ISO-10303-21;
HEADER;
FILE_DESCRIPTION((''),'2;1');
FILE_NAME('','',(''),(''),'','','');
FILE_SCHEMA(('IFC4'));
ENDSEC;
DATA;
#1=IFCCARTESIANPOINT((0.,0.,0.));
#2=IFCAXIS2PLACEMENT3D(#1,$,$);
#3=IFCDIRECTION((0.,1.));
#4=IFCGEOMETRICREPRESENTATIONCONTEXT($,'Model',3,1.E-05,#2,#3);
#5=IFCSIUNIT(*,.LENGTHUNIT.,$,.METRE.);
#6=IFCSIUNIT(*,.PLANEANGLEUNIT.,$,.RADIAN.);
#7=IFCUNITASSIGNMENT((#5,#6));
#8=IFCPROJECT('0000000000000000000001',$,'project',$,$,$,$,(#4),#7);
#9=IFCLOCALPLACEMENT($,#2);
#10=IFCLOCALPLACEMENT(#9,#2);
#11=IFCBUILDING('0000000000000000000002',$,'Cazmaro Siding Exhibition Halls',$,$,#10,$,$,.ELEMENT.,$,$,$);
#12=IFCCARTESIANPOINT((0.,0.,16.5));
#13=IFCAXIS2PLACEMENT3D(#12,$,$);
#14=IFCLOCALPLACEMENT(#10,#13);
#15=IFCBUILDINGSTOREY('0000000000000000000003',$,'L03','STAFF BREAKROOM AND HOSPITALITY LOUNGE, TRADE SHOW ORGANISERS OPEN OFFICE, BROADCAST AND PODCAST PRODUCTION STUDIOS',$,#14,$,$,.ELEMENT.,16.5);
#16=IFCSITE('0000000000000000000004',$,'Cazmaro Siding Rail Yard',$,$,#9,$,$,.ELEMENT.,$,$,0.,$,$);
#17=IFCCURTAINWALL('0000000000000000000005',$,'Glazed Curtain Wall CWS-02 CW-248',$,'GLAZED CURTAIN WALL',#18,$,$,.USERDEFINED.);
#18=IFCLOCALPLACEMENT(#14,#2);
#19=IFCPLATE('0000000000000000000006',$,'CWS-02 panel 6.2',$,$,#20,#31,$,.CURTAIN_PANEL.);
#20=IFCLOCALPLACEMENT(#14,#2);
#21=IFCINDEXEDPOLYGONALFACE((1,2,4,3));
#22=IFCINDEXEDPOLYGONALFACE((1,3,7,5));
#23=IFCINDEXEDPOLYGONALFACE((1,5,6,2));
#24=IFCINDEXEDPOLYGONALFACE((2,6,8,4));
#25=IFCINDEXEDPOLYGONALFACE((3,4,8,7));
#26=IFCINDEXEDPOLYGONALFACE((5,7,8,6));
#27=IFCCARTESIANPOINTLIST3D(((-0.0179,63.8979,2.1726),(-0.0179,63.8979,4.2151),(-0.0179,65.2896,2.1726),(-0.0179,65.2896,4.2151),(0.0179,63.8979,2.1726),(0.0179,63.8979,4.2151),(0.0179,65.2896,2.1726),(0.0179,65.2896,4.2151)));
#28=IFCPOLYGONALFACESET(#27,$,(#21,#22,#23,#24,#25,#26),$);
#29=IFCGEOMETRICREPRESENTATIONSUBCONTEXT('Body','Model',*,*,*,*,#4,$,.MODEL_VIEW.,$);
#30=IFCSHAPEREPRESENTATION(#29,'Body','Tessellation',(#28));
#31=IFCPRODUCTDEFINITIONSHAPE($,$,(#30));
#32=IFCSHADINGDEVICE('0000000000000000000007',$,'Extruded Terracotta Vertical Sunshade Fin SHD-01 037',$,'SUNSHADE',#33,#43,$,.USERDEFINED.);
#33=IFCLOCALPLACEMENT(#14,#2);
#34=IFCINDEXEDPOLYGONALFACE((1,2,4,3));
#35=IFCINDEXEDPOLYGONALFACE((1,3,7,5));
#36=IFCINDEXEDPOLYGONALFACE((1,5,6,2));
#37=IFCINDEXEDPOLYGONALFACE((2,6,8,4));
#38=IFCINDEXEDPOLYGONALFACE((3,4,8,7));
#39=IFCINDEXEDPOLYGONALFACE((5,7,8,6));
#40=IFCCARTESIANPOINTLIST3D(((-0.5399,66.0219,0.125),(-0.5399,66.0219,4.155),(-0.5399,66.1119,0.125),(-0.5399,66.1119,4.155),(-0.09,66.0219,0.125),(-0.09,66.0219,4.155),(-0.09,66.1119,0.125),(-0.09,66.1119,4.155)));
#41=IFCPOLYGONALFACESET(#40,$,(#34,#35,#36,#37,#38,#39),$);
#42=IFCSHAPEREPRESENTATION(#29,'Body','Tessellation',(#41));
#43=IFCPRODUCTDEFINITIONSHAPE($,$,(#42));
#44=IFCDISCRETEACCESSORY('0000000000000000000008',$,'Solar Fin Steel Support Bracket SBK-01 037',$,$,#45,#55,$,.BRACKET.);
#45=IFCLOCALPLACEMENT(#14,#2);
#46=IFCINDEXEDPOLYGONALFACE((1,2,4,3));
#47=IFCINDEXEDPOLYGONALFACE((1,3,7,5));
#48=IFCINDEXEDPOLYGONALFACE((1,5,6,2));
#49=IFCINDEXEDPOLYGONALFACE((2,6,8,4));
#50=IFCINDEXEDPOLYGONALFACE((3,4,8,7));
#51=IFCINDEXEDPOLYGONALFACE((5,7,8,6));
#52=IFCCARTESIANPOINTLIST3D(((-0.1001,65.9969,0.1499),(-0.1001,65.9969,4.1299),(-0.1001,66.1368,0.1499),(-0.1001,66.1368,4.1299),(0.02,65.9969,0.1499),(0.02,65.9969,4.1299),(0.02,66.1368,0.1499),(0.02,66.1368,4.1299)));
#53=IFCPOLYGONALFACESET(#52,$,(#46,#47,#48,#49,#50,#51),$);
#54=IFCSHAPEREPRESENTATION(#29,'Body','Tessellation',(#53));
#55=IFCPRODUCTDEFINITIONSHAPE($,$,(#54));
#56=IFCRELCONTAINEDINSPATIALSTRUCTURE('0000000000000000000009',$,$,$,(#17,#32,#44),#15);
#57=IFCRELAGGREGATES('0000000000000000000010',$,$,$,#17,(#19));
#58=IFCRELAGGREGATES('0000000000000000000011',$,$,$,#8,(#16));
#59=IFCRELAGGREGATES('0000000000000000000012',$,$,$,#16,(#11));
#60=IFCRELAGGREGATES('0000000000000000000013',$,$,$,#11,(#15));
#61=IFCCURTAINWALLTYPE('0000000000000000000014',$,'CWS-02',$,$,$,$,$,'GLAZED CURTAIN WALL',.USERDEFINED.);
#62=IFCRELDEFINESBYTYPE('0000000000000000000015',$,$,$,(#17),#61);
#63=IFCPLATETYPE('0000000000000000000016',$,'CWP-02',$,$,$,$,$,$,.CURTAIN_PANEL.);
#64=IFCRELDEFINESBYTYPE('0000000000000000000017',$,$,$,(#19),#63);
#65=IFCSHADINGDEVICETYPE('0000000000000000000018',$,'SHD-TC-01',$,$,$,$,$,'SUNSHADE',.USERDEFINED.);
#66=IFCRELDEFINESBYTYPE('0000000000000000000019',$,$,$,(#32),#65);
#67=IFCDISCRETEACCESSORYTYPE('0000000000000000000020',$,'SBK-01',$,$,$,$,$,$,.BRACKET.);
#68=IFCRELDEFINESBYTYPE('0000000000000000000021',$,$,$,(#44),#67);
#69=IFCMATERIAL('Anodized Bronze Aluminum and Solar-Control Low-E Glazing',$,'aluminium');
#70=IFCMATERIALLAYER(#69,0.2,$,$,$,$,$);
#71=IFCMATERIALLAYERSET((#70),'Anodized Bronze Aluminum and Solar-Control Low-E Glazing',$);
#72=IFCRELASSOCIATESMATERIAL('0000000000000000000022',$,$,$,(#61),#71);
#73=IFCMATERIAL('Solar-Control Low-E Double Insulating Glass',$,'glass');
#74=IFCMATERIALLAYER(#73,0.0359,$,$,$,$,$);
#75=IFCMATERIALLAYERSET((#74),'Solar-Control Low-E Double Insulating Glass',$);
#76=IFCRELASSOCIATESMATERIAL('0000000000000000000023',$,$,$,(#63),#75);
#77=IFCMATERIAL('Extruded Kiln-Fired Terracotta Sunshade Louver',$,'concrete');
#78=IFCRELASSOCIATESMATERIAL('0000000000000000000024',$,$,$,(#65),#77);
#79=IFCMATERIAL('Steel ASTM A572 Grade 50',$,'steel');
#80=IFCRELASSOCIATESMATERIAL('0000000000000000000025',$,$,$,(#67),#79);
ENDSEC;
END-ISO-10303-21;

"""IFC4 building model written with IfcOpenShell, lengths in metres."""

from ifc_helpers import new_model, si_unit, direction, frame, origin, origin_2d, place, context, subcontext, project, spatial, rectangle, extrude, material, layer, layer_set, type_object, element, aggregate, save


model = new_model("IFC4")

# Units and contexts
model_context = context("Model", 3, precision=1e-05, world=origin(), true_north=direction((0.0, 1.0)))
body_context = subcontext(model_context, "Body", "Model", "MODEL_VIEW")
ifc_project = project(units=[si_unit("LENGTHUNIT", "METRE"), si_unit("PLANEANGLEUNIT", "RADIAN")], contexts=[model_context])

# Site, building, storey
site_placement = place(None, origin())
site = spatial("IfcSite", under=ifc_project, at=site_placement, Name="Cazmaro Siding Rail Yard", CompositionType="ELEMENT", RefElevation=0.0)
building_placement = place(site_placement, origin())
building = spatial("IfcBuilding", under=site, at=building_placement, Name="Cazmaro Siding Exhibition Halls", CompositionType="ELEMENT")
storey_placement = place(building_placement, frame((0.0, 0.0, 16.5)))
storey = spatial("IfcBuildingStorey", under=building, at=storey_placement, Name="L03", Description="STAFF BREAKROOM AND HOSPITALITY LOUNGE, TRADE SHOW ORGANISERS OPEN OFFICE, BROADCAST AND PODCAST PRODUCTION STUDIOS", CompositionType="ELEMENT", Elevation=16.5)

# Curtain wall, plate
ifc_material_1 = material(Name="Anodized Bronze Aluminum and Solar-Control Low-E Glazing", Category="aluminium")
ifc_layer_1 = layer(ifc_material_1, 0.2)
ifc_layer_set_1 = layer_set([ifc_layer_1], Name="Anodized Bronze Aluminum and Solar-Control Low-E Glazing")
curtain_wall_type = type_object("IfcCurtainWallType", Name="CWS-02", ElementType="GLAZED CURTAIN WALL", PredefinedType="USERDEFINED", material=ifc_layer_set_1)
curtain_wall_placement = place(storey_placement, origin())
curtain_wall = element("IfcCurtainWall", 1, at=curtain_wall_placement, inside=storey, type_object=curtain_wall_type, Name="Glazed Curtain Wall CWS-02 CW-248", ObjectType="GLAZED CURTAIN WALL", PredefinedType="USERDEFINED")
ifc_material_2 = material(Name="Solar-Control Low-E Double Insulating Glass", Category="glass")
ifc_layer_2 = layer(ifc_material_2, 0.0359)
ifc_layer_set_2 = layer_set([ifc_layer_2], Name="Solar-Control Low-E Double Insulating Glass")
plate_type = type_object("IfcPlateType", Name="CWP-02", PredefinedType="CURTAIN_PANEL", material=ifc_layer_set_2)
plate_1_placement = place(storey_placement, frame((0.0, 64.5938, 2.1726), z_axis=(0.0, 0.0, 1.0), x_axis=(0.0, -1.0, 0.0)))
plate_1 = element("IfcPlate", 2, at=plate_1_placement, type_object=plate_type, Name="CWS-02 panel 6.2", PredefinedType="CURTAIN_PANEL", context=body_context, shape_type="SweptSolid", body=[
    extrude(rectangle(XDim=1.3916, YDim=0.0359, at=origin_2d()), origin(), (0.0, 0.0, 1.0), 2.0425),
])
aggregate(curtain_wall, [plate_1])

# Shading device
ifc_material_3 = material(Name="Extruded Kiln-Fired Terracotta Sunshade Louver", Category="concrete")
shading_device_type = type_object("IfcShadingDeviceType", Name="SHD-TC-01", ElementType="SUNSHADE", PredefinedType="USERDEFINED", material=ifc_material_3)
shading_device_placement = place(storey_placement, frame((-0.3149, 66.0669, 0.125), z_axis=(0.0, 0.0, 1.0), x_axis=(1.0, 0.0, 0.0)))
element("IfcShadingDevice", 3, at=shading_device_placement, inside=storey, type_object=shading_device_type, Name="Extruded Terracotta Vertical Sunshade Fin SHD-01 037", ObjectType="SUNSHADE", PredefinedType="USERDEFINED", context=body_context, shape_type="SweptSolid", body=[
    extrude(rectangle(XDim=0.45, YDim=0.0901, at=origin_2d()), origin(), (0.0, 0.0, 1.0), 4.03),
])

# Discrete accessory
ifc_material_4 = material(Name="Steel ASTM A572 Grade 50", Category="steel")
discrete_accessory_type = type_object("IfcDiscreteAccessoryType", Name="SBK-01", PredefinedType="BRACKET", material=ifc_material_4)
discrete_accessory_placement = place(storey_placement, frame((-0.04, 66.0669, 0.1499), z_axis=(0.0, 0.0, 1.0), x_axis=(1.0, 0.0, 0.0)))
element("IfcDiscreteAccessory", 4, at=discrete_accessory_placement, inside=storey, type_object=discrete_accessory_type, Name="Solar Fin Steel Support Bracket SBK-01 037", PredefinedType="BRACKET", context=body_context, shape_type="SweptSolid", body=[
    extrude(rectangle(XDim=0.1201, YDim=0.1399, at=origin_2d()), origin(), (0.0, 0.0, 1.0), 3.98),
])

save(model, "model.ifc")
